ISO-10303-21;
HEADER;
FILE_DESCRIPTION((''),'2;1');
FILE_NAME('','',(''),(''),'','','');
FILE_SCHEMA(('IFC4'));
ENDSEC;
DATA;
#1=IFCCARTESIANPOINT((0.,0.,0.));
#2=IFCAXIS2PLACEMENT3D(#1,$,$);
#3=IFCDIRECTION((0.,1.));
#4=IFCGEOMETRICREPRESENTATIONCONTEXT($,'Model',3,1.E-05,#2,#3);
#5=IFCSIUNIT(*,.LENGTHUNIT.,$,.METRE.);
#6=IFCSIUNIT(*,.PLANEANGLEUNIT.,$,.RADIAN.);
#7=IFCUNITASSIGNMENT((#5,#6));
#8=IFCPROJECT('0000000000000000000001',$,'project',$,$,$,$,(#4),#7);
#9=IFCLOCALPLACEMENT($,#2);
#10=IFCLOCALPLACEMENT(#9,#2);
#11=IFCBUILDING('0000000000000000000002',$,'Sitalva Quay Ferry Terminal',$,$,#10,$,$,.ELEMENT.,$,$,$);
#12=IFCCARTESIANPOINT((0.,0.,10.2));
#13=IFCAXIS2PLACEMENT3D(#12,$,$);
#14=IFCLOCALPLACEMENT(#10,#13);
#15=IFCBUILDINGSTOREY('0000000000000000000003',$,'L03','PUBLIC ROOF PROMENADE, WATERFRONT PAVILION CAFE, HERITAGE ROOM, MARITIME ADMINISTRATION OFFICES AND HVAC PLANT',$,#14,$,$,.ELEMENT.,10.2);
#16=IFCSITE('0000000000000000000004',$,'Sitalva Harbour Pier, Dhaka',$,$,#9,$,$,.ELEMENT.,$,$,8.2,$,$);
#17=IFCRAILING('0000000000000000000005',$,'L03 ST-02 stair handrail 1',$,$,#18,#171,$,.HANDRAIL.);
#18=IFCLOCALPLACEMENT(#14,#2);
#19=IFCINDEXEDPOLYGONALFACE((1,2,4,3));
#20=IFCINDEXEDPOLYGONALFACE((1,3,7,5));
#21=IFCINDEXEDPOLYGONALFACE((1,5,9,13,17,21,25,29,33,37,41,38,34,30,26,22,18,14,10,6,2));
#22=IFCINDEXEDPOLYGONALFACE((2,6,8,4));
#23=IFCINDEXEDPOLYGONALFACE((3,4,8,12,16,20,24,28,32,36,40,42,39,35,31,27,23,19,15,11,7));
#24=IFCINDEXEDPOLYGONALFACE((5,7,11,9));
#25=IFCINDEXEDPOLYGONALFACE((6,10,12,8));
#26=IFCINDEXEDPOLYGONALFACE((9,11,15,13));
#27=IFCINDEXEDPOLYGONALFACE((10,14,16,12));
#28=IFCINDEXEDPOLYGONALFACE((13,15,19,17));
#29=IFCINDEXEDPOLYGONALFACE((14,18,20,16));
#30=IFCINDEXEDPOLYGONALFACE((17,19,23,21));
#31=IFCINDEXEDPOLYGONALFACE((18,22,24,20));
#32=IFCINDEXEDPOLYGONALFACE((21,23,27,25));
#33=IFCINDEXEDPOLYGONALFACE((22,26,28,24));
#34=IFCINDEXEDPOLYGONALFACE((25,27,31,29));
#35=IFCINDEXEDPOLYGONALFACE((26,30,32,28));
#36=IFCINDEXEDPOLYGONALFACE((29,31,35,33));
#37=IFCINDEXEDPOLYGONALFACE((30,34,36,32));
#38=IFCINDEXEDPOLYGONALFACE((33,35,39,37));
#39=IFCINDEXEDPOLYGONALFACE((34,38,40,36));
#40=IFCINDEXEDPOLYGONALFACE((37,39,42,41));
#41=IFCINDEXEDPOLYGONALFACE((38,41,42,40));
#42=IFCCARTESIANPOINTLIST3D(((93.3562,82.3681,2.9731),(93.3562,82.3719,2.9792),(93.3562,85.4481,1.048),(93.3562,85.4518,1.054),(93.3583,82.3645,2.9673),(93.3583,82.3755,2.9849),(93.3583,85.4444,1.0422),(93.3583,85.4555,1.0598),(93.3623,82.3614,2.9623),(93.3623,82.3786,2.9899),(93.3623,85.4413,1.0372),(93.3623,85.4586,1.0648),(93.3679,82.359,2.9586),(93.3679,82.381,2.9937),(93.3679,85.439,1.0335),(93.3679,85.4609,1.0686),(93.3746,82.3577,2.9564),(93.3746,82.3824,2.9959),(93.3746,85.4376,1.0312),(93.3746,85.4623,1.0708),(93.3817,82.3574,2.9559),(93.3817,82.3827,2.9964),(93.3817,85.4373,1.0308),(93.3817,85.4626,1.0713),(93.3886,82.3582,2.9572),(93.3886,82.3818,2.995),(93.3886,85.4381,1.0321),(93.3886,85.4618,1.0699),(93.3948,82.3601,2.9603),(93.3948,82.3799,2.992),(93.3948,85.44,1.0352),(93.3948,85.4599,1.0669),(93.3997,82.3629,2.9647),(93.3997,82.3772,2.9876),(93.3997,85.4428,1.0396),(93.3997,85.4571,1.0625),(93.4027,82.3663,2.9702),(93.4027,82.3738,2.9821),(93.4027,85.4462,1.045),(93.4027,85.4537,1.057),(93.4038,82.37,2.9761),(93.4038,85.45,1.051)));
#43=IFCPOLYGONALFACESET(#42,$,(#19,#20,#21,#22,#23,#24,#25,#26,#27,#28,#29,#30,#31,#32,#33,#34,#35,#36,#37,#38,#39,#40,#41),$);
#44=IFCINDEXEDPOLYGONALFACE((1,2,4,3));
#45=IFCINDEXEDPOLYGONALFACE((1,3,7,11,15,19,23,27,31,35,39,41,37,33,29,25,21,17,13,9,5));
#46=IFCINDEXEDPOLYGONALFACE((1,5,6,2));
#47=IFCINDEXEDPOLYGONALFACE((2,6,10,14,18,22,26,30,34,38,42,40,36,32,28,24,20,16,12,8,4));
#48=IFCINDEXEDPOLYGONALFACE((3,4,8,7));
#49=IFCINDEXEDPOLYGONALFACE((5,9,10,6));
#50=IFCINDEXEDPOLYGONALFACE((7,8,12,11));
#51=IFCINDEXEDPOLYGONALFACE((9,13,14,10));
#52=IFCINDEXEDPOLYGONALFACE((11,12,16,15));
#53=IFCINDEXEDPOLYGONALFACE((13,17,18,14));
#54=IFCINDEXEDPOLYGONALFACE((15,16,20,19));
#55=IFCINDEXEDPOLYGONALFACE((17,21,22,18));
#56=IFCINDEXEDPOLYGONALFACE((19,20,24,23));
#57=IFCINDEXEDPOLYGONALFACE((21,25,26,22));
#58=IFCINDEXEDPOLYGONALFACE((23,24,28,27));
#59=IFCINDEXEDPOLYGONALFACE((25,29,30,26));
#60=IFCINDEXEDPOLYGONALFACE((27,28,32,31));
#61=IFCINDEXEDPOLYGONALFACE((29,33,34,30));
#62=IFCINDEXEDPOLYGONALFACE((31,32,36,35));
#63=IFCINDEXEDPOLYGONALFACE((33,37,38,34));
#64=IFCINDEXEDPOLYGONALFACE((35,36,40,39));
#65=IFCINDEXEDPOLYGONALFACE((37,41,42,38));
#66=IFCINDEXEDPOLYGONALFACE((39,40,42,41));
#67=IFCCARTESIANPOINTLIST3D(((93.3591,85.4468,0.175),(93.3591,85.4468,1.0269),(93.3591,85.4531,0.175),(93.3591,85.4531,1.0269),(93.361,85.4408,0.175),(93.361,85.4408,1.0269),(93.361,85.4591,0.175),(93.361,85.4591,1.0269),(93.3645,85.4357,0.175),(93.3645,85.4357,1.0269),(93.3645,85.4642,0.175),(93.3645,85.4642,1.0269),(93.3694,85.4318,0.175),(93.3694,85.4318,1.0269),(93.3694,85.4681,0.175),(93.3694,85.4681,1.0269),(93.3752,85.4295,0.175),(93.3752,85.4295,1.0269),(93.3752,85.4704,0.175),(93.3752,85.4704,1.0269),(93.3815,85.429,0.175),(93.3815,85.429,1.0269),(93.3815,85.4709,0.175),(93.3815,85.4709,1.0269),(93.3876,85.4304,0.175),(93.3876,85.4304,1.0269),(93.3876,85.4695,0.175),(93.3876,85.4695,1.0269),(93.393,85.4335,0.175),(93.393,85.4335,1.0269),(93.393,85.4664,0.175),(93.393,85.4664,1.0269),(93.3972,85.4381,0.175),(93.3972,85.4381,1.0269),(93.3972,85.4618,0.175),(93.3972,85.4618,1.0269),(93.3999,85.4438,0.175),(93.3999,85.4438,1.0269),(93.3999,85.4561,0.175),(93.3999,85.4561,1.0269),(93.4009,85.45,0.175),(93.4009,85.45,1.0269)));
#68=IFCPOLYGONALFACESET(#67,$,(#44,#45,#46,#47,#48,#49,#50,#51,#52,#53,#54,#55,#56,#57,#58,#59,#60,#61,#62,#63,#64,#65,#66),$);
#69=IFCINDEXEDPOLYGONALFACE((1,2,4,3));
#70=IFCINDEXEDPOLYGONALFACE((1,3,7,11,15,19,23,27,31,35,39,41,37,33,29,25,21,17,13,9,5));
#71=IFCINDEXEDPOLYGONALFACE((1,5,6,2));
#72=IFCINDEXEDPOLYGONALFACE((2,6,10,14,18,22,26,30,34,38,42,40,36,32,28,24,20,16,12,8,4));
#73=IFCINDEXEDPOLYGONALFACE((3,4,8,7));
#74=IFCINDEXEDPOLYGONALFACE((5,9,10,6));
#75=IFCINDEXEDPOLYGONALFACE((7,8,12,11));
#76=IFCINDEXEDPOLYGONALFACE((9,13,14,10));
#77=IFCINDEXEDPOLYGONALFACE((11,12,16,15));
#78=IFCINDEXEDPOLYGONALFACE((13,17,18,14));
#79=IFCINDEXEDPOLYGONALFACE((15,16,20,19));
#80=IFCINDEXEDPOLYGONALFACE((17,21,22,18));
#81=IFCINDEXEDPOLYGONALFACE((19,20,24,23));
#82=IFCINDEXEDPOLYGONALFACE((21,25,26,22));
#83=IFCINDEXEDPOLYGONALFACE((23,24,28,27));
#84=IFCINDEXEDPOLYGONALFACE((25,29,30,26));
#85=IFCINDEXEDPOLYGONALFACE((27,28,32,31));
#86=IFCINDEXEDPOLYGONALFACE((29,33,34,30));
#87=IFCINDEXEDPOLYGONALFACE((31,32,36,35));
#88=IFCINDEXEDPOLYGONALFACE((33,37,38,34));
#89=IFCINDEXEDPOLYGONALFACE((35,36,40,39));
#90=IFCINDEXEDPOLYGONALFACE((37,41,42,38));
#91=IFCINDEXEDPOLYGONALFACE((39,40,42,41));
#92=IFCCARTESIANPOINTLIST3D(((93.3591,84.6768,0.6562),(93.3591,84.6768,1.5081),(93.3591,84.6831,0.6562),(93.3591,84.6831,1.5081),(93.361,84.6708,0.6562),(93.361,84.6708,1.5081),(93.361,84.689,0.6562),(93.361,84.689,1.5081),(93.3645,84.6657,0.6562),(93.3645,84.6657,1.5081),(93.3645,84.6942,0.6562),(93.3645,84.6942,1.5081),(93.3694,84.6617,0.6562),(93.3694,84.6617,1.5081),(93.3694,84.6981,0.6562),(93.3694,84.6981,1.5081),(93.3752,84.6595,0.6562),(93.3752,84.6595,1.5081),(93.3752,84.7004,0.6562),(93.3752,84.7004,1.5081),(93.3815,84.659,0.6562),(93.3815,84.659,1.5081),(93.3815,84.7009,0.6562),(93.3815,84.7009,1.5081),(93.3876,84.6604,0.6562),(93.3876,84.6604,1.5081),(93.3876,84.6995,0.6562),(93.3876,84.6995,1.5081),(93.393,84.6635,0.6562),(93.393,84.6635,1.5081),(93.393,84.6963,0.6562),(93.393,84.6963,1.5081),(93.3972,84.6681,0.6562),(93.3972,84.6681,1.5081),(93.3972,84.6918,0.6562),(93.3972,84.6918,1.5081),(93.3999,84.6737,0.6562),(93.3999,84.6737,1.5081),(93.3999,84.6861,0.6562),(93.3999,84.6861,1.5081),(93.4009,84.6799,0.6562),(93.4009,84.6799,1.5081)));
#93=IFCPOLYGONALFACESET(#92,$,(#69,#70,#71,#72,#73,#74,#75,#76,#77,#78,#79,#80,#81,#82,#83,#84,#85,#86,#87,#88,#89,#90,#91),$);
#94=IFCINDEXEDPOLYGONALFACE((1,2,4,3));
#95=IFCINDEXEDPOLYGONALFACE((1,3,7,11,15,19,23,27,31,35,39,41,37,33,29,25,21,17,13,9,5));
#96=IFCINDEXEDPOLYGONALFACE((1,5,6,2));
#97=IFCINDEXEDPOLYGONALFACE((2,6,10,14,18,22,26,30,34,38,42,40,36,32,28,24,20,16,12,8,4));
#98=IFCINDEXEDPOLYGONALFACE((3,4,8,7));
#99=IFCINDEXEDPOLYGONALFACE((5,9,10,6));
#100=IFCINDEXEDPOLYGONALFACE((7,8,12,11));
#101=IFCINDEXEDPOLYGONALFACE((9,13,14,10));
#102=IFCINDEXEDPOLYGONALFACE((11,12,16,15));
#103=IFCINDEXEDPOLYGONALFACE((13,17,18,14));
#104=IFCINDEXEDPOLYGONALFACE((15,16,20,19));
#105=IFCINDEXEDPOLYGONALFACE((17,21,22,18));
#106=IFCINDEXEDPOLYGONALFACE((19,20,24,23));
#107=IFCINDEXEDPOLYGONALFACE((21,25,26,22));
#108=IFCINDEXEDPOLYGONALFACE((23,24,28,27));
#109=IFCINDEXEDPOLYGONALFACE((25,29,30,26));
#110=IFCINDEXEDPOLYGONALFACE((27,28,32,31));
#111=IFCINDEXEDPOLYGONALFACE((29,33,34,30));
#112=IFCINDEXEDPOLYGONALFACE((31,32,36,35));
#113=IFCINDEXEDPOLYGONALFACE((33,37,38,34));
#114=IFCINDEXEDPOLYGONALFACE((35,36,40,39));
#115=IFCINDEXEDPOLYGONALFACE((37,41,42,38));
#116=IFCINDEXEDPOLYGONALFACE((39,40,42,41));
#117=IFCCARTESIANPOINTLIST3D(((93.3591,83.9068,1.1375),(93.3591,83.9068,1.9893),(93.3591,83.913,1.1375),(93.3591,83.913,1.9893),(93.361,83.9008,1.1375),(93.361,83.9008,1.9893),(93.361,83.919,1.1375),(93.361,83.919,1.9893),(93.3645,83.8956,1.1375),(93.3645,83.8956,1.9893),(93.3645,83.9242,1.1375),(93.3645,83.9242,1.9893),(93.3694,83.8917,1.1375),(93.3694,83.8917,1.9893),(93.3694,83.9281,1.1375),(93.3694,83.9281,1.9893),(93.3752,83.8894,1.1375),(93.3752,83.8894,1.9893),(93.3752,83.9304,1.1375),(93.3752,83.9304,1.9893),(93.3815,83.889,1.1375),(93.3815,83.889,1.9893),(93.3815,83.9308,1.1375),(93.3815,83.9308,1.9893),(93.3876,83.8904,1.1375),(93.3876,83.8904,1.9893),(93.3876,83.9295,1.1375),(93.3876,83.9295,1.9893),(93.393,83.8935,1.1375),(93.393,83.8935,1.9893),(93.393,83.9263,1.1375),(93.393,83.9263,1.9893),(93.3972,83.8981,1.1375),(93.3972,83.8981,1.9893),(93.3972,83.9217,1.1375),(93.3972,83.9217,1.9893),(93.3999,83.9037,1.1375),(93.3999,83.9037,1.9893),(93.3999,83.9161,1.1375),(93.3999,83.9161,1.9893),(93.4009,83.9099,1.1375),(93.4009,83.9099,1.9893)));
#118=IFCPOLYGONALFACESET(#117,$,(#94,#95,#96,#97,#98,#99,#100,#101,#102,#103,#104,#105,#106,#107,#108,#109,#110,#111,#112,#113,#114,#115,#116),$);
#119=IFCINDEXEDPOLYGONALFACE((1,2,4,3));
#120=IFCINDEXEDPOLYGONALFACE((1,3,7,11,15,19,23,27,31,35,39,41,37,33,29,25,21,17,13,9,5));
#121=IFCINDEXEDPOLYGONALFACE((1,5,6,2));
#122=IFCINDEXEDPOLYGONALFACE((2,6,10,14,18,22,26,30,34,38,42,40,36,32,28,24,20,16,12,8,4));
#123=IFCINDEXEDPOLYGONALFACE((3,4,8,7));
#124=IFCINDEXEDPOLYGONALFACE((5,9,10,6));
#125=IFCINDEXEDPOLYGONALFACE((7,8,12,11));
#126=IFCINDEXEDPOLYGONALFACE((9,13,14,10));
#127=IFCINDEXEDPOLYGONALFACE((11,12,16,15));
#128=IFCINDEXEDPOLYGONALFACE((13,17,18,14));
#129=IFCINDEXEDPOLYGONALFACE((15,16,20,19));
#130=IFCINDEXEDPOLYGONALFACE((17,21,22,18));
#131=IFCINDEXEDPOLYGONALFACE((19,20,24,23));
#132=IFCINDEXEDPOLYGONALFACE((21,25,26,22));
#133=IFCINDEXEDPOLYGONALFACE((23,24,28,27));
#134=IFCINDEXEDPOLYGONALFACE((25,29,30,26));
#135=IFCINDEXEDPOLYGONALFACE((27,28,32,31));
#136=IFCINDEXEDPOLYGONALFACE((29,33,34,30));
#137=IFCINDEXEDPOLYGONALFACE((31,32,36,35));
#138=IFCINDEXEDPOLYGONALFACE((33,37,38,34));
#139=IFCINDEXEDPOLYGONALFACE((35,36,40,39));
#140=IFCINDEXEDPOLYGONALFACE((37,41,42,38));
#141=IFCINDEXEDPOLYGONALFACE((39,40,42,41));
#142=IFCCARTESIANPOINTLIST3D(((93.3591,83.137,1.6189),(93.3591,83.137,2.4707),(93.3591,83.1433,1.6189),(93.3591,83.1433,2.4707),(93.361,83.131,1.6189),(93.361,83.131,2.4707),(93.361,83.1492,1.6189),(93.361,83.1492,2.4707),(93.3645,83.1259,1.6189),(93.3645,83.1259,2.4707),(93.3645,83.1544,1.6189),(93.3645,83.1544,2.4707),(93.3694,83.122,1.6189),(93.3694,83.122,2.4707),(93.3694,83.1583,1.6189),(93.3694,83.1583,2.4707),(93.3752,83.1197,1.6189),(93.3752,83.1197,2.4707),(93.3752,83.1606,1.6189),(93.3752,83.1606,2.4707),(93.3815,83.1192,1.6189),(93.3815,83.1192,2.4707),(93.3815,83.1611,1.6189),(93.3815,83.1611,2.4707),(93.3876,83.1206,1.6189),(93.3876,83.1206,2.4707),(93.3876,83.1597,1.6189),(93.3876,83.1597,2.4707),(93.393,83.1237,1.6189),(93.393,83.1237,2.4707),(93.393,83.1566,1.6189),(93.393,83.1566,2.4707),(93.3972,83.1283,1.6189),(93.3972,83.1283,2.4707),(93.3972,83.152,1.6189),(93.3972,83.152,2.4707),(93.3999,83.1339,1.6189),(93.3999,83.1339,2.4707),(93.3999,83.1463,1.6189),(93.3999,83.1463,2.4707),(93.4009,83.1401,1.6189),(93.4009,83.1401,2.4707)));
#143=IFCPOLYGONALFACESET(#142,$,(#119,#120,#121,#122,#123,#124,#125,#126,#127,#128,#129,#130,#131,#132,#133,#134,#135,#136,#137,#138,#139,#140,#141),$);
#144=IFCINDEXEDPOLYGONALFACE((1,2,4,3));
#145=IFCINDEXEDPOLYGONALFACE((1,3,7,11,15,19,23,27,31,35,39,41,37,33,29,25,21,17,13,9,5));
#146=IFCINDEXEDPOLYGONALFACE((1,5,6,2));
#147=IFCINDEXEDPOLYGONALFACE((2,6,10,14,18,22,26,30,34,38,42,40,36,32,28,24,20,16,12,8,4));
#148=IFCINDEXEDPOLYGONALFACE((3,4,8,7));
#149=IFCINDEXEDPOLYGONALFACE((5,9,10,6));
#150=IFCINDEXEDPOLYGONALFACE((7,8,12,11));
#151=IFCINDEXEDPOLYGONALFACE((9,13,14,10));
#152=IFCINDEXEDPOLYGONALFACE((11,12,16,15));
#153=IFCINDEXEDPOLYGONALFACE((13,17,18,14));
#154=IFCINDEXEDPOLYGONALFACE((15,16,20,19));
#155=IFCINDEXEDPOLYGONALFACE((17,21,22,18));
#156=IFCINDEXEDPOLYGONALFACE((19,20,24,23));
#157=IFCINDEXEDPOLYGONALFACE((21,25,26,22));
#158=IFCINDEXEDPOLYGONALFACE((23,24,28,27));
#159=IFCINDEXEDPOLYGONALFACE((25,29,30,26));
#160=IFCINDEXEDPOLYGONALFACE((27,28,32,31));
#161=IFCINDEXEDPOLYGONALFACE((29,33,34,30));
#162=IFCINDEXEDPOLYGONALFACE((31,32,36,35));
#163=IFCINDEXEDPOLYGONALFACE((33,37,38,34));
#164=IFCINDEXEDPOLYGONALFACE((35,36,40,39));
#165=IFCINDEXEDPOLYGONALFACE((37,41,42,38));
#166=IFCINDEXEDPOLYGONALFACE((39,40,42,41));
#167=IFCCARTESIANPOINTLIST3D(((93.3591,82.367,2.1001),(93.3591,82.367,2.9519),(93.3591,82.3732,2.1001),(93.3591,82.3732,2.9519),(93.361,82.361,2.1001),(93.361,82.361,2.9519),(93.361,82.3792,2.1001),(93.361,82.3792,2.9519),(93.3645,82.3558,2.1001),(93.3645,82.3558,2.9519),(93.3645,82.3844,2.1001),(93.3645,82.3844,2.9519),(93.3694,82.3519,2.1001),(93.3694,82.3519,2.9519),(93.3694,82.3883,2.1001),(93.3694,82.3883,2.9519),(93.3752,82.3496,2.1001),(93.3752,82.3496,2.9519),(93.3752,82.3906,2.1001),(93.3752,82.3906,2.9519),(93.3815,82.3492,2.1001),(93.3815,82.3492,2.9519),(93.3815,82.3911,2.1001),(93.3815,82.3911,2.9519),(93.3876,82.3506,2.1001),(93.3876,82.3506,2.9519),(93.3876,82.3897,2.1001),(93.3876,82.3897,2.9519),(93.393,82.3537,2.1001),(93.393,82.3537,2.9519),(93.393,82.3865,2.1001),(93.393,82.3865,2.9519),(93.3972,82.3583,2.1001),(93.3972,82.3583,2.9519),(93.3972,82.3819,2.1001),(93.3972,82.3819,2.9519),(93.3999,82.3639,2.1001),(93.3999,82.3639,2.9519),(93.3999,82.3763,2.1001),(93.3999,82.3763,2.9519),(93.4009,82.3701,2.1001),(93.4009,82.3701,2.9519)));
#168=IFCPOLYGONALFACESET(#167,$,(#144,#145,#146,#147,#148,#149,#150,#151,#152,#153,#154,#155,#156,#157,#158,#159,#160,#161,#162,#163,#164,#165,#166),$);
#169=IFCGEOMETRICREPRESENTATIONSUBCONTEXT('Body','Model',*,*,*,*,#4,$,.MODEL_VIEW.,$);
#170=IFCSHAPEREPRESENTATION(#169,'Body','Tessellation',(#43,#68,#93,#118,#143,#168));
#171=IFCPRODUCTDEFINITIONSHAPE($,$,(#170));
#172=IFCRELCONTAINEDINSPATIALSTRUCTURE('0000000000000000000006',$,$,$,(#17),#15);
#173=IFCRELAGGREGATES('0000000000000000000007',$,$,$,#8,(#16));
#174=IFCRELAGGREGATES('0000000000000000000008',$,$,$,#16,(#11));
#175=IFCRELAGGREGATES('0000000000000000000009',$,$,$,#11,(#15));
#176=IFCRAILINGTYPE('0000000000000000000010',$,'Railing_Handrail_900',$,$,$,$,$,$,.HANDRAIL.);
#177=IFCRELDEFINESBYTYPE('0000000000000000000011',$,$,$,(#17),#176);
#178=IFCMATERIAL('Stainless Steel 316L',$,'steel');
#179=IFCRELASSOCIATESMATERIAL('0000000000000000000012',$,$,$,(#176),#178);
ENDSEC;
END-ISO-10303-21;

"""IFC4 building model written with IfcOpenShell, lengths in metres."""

from ifc_helpers import new_model, si_unit, direction, frame, origin, origin_2d, place, context, subcontext, project, spatial, circle, extrude, material, type_object, element, save


model = new_model("IFC4")

# Units and contexts
model_context = context("Model", 3, precision=1e-05, world=origin(), true_north=direction((0.0, 1.0)))
body_context = subcontext(model_context, "Body", "Model", "MODEL_VIEW")
ifc_project = project(units=[si_unit("LENGTHUNIT", "METRE"), si_unit("PLANEANGLEUNIT", "RADIAN")], contexts=[model_context])

# Site, building, storey
site_placement = place(None, origin())
site = spatial("IfcSite", under=ifc_project, at=site_placement, Name="Sitalva Harbour Pier, Dhaka", CompositionType="ELEMENT", RefElevation=8.2)
building_placement = place(site_placement, origin())
building = spatial("IfcBuilding", under=site, at=building_placement, Name="Sitalva Quay Ferry Terminal", CompositionType="ELEMENT")
storey_placement = place(building_placement, frame((0.0, 0.0, 10.2)))
storey = spatial("IfcBuildingStorey", under=building, at=storey_placement, Name="L03", Description="PUBLIC ROOF PROMENADE, WATERFRONT PAVILION CAFE, HERITAGE ROOM, MARITIME ADMINISTRATION OFFICES AND HVAC PLANT", CompositionType="ELEMENT", Elevation=10.2)

# Railing
ifc_material_1 = material(Name="Stainless Steel 316L", Category="steel")
railing_type_1 = type_object("IfcRailingType", Name="Railing_Handrail_900", PredefinedType="HANDRAIL", material=ifc_material_1)
railing_1_placement = place(storey_placement, frame((93.3799, 85.45, 0.175)))
element("IfcRailing", 1, at=railing_1_placement, inside=storey, type_object=railing_type_1, Name="L03 ST-02 stair handrail 1", PredefinedType="HANDRAIL", context=body_context, shape_type="SweptSolid", body=[
    extrude(circle(Radius=0.0239, at=origin_2d()), frame((0.0, 0.0, 0.876), z_axis=(0.0, -0.847979, 0.530029), x_axis=(1.0, 0.0, 0.0)), (0.0, 0.0, 1.0), 3.6321),
    extrude(circle(Radius=0.021, at=origin_2d()), origin(), (0.0, 0.0, 1.0), 0.8518),
    extrude(circle(Radius=0.021, at=origin_2d()), frame((0.0, -0.77, 0.4812)), (0.0, 0.0, 1.0), 0.8518),
    extrude(circle(Radius=0.021, at=origin_2d()), frame((0.0, -1.54, 0.9624)), (0.0, 0.0, 1.0), 0.8518),
    extrude(circle(Radius=0.021, at=origin_2d()), frame((0.0, -2.3098, 1.4438)), (0.0, 0.0, 1.0), 0.8518),
    extrude(circle(Radius=0.021, at=origin_2d()), frame((0.0, -3.0798, 1.925)), (0.0, 0.0, 1.0), 0.8518),
])

save(model, "model.ifc")
